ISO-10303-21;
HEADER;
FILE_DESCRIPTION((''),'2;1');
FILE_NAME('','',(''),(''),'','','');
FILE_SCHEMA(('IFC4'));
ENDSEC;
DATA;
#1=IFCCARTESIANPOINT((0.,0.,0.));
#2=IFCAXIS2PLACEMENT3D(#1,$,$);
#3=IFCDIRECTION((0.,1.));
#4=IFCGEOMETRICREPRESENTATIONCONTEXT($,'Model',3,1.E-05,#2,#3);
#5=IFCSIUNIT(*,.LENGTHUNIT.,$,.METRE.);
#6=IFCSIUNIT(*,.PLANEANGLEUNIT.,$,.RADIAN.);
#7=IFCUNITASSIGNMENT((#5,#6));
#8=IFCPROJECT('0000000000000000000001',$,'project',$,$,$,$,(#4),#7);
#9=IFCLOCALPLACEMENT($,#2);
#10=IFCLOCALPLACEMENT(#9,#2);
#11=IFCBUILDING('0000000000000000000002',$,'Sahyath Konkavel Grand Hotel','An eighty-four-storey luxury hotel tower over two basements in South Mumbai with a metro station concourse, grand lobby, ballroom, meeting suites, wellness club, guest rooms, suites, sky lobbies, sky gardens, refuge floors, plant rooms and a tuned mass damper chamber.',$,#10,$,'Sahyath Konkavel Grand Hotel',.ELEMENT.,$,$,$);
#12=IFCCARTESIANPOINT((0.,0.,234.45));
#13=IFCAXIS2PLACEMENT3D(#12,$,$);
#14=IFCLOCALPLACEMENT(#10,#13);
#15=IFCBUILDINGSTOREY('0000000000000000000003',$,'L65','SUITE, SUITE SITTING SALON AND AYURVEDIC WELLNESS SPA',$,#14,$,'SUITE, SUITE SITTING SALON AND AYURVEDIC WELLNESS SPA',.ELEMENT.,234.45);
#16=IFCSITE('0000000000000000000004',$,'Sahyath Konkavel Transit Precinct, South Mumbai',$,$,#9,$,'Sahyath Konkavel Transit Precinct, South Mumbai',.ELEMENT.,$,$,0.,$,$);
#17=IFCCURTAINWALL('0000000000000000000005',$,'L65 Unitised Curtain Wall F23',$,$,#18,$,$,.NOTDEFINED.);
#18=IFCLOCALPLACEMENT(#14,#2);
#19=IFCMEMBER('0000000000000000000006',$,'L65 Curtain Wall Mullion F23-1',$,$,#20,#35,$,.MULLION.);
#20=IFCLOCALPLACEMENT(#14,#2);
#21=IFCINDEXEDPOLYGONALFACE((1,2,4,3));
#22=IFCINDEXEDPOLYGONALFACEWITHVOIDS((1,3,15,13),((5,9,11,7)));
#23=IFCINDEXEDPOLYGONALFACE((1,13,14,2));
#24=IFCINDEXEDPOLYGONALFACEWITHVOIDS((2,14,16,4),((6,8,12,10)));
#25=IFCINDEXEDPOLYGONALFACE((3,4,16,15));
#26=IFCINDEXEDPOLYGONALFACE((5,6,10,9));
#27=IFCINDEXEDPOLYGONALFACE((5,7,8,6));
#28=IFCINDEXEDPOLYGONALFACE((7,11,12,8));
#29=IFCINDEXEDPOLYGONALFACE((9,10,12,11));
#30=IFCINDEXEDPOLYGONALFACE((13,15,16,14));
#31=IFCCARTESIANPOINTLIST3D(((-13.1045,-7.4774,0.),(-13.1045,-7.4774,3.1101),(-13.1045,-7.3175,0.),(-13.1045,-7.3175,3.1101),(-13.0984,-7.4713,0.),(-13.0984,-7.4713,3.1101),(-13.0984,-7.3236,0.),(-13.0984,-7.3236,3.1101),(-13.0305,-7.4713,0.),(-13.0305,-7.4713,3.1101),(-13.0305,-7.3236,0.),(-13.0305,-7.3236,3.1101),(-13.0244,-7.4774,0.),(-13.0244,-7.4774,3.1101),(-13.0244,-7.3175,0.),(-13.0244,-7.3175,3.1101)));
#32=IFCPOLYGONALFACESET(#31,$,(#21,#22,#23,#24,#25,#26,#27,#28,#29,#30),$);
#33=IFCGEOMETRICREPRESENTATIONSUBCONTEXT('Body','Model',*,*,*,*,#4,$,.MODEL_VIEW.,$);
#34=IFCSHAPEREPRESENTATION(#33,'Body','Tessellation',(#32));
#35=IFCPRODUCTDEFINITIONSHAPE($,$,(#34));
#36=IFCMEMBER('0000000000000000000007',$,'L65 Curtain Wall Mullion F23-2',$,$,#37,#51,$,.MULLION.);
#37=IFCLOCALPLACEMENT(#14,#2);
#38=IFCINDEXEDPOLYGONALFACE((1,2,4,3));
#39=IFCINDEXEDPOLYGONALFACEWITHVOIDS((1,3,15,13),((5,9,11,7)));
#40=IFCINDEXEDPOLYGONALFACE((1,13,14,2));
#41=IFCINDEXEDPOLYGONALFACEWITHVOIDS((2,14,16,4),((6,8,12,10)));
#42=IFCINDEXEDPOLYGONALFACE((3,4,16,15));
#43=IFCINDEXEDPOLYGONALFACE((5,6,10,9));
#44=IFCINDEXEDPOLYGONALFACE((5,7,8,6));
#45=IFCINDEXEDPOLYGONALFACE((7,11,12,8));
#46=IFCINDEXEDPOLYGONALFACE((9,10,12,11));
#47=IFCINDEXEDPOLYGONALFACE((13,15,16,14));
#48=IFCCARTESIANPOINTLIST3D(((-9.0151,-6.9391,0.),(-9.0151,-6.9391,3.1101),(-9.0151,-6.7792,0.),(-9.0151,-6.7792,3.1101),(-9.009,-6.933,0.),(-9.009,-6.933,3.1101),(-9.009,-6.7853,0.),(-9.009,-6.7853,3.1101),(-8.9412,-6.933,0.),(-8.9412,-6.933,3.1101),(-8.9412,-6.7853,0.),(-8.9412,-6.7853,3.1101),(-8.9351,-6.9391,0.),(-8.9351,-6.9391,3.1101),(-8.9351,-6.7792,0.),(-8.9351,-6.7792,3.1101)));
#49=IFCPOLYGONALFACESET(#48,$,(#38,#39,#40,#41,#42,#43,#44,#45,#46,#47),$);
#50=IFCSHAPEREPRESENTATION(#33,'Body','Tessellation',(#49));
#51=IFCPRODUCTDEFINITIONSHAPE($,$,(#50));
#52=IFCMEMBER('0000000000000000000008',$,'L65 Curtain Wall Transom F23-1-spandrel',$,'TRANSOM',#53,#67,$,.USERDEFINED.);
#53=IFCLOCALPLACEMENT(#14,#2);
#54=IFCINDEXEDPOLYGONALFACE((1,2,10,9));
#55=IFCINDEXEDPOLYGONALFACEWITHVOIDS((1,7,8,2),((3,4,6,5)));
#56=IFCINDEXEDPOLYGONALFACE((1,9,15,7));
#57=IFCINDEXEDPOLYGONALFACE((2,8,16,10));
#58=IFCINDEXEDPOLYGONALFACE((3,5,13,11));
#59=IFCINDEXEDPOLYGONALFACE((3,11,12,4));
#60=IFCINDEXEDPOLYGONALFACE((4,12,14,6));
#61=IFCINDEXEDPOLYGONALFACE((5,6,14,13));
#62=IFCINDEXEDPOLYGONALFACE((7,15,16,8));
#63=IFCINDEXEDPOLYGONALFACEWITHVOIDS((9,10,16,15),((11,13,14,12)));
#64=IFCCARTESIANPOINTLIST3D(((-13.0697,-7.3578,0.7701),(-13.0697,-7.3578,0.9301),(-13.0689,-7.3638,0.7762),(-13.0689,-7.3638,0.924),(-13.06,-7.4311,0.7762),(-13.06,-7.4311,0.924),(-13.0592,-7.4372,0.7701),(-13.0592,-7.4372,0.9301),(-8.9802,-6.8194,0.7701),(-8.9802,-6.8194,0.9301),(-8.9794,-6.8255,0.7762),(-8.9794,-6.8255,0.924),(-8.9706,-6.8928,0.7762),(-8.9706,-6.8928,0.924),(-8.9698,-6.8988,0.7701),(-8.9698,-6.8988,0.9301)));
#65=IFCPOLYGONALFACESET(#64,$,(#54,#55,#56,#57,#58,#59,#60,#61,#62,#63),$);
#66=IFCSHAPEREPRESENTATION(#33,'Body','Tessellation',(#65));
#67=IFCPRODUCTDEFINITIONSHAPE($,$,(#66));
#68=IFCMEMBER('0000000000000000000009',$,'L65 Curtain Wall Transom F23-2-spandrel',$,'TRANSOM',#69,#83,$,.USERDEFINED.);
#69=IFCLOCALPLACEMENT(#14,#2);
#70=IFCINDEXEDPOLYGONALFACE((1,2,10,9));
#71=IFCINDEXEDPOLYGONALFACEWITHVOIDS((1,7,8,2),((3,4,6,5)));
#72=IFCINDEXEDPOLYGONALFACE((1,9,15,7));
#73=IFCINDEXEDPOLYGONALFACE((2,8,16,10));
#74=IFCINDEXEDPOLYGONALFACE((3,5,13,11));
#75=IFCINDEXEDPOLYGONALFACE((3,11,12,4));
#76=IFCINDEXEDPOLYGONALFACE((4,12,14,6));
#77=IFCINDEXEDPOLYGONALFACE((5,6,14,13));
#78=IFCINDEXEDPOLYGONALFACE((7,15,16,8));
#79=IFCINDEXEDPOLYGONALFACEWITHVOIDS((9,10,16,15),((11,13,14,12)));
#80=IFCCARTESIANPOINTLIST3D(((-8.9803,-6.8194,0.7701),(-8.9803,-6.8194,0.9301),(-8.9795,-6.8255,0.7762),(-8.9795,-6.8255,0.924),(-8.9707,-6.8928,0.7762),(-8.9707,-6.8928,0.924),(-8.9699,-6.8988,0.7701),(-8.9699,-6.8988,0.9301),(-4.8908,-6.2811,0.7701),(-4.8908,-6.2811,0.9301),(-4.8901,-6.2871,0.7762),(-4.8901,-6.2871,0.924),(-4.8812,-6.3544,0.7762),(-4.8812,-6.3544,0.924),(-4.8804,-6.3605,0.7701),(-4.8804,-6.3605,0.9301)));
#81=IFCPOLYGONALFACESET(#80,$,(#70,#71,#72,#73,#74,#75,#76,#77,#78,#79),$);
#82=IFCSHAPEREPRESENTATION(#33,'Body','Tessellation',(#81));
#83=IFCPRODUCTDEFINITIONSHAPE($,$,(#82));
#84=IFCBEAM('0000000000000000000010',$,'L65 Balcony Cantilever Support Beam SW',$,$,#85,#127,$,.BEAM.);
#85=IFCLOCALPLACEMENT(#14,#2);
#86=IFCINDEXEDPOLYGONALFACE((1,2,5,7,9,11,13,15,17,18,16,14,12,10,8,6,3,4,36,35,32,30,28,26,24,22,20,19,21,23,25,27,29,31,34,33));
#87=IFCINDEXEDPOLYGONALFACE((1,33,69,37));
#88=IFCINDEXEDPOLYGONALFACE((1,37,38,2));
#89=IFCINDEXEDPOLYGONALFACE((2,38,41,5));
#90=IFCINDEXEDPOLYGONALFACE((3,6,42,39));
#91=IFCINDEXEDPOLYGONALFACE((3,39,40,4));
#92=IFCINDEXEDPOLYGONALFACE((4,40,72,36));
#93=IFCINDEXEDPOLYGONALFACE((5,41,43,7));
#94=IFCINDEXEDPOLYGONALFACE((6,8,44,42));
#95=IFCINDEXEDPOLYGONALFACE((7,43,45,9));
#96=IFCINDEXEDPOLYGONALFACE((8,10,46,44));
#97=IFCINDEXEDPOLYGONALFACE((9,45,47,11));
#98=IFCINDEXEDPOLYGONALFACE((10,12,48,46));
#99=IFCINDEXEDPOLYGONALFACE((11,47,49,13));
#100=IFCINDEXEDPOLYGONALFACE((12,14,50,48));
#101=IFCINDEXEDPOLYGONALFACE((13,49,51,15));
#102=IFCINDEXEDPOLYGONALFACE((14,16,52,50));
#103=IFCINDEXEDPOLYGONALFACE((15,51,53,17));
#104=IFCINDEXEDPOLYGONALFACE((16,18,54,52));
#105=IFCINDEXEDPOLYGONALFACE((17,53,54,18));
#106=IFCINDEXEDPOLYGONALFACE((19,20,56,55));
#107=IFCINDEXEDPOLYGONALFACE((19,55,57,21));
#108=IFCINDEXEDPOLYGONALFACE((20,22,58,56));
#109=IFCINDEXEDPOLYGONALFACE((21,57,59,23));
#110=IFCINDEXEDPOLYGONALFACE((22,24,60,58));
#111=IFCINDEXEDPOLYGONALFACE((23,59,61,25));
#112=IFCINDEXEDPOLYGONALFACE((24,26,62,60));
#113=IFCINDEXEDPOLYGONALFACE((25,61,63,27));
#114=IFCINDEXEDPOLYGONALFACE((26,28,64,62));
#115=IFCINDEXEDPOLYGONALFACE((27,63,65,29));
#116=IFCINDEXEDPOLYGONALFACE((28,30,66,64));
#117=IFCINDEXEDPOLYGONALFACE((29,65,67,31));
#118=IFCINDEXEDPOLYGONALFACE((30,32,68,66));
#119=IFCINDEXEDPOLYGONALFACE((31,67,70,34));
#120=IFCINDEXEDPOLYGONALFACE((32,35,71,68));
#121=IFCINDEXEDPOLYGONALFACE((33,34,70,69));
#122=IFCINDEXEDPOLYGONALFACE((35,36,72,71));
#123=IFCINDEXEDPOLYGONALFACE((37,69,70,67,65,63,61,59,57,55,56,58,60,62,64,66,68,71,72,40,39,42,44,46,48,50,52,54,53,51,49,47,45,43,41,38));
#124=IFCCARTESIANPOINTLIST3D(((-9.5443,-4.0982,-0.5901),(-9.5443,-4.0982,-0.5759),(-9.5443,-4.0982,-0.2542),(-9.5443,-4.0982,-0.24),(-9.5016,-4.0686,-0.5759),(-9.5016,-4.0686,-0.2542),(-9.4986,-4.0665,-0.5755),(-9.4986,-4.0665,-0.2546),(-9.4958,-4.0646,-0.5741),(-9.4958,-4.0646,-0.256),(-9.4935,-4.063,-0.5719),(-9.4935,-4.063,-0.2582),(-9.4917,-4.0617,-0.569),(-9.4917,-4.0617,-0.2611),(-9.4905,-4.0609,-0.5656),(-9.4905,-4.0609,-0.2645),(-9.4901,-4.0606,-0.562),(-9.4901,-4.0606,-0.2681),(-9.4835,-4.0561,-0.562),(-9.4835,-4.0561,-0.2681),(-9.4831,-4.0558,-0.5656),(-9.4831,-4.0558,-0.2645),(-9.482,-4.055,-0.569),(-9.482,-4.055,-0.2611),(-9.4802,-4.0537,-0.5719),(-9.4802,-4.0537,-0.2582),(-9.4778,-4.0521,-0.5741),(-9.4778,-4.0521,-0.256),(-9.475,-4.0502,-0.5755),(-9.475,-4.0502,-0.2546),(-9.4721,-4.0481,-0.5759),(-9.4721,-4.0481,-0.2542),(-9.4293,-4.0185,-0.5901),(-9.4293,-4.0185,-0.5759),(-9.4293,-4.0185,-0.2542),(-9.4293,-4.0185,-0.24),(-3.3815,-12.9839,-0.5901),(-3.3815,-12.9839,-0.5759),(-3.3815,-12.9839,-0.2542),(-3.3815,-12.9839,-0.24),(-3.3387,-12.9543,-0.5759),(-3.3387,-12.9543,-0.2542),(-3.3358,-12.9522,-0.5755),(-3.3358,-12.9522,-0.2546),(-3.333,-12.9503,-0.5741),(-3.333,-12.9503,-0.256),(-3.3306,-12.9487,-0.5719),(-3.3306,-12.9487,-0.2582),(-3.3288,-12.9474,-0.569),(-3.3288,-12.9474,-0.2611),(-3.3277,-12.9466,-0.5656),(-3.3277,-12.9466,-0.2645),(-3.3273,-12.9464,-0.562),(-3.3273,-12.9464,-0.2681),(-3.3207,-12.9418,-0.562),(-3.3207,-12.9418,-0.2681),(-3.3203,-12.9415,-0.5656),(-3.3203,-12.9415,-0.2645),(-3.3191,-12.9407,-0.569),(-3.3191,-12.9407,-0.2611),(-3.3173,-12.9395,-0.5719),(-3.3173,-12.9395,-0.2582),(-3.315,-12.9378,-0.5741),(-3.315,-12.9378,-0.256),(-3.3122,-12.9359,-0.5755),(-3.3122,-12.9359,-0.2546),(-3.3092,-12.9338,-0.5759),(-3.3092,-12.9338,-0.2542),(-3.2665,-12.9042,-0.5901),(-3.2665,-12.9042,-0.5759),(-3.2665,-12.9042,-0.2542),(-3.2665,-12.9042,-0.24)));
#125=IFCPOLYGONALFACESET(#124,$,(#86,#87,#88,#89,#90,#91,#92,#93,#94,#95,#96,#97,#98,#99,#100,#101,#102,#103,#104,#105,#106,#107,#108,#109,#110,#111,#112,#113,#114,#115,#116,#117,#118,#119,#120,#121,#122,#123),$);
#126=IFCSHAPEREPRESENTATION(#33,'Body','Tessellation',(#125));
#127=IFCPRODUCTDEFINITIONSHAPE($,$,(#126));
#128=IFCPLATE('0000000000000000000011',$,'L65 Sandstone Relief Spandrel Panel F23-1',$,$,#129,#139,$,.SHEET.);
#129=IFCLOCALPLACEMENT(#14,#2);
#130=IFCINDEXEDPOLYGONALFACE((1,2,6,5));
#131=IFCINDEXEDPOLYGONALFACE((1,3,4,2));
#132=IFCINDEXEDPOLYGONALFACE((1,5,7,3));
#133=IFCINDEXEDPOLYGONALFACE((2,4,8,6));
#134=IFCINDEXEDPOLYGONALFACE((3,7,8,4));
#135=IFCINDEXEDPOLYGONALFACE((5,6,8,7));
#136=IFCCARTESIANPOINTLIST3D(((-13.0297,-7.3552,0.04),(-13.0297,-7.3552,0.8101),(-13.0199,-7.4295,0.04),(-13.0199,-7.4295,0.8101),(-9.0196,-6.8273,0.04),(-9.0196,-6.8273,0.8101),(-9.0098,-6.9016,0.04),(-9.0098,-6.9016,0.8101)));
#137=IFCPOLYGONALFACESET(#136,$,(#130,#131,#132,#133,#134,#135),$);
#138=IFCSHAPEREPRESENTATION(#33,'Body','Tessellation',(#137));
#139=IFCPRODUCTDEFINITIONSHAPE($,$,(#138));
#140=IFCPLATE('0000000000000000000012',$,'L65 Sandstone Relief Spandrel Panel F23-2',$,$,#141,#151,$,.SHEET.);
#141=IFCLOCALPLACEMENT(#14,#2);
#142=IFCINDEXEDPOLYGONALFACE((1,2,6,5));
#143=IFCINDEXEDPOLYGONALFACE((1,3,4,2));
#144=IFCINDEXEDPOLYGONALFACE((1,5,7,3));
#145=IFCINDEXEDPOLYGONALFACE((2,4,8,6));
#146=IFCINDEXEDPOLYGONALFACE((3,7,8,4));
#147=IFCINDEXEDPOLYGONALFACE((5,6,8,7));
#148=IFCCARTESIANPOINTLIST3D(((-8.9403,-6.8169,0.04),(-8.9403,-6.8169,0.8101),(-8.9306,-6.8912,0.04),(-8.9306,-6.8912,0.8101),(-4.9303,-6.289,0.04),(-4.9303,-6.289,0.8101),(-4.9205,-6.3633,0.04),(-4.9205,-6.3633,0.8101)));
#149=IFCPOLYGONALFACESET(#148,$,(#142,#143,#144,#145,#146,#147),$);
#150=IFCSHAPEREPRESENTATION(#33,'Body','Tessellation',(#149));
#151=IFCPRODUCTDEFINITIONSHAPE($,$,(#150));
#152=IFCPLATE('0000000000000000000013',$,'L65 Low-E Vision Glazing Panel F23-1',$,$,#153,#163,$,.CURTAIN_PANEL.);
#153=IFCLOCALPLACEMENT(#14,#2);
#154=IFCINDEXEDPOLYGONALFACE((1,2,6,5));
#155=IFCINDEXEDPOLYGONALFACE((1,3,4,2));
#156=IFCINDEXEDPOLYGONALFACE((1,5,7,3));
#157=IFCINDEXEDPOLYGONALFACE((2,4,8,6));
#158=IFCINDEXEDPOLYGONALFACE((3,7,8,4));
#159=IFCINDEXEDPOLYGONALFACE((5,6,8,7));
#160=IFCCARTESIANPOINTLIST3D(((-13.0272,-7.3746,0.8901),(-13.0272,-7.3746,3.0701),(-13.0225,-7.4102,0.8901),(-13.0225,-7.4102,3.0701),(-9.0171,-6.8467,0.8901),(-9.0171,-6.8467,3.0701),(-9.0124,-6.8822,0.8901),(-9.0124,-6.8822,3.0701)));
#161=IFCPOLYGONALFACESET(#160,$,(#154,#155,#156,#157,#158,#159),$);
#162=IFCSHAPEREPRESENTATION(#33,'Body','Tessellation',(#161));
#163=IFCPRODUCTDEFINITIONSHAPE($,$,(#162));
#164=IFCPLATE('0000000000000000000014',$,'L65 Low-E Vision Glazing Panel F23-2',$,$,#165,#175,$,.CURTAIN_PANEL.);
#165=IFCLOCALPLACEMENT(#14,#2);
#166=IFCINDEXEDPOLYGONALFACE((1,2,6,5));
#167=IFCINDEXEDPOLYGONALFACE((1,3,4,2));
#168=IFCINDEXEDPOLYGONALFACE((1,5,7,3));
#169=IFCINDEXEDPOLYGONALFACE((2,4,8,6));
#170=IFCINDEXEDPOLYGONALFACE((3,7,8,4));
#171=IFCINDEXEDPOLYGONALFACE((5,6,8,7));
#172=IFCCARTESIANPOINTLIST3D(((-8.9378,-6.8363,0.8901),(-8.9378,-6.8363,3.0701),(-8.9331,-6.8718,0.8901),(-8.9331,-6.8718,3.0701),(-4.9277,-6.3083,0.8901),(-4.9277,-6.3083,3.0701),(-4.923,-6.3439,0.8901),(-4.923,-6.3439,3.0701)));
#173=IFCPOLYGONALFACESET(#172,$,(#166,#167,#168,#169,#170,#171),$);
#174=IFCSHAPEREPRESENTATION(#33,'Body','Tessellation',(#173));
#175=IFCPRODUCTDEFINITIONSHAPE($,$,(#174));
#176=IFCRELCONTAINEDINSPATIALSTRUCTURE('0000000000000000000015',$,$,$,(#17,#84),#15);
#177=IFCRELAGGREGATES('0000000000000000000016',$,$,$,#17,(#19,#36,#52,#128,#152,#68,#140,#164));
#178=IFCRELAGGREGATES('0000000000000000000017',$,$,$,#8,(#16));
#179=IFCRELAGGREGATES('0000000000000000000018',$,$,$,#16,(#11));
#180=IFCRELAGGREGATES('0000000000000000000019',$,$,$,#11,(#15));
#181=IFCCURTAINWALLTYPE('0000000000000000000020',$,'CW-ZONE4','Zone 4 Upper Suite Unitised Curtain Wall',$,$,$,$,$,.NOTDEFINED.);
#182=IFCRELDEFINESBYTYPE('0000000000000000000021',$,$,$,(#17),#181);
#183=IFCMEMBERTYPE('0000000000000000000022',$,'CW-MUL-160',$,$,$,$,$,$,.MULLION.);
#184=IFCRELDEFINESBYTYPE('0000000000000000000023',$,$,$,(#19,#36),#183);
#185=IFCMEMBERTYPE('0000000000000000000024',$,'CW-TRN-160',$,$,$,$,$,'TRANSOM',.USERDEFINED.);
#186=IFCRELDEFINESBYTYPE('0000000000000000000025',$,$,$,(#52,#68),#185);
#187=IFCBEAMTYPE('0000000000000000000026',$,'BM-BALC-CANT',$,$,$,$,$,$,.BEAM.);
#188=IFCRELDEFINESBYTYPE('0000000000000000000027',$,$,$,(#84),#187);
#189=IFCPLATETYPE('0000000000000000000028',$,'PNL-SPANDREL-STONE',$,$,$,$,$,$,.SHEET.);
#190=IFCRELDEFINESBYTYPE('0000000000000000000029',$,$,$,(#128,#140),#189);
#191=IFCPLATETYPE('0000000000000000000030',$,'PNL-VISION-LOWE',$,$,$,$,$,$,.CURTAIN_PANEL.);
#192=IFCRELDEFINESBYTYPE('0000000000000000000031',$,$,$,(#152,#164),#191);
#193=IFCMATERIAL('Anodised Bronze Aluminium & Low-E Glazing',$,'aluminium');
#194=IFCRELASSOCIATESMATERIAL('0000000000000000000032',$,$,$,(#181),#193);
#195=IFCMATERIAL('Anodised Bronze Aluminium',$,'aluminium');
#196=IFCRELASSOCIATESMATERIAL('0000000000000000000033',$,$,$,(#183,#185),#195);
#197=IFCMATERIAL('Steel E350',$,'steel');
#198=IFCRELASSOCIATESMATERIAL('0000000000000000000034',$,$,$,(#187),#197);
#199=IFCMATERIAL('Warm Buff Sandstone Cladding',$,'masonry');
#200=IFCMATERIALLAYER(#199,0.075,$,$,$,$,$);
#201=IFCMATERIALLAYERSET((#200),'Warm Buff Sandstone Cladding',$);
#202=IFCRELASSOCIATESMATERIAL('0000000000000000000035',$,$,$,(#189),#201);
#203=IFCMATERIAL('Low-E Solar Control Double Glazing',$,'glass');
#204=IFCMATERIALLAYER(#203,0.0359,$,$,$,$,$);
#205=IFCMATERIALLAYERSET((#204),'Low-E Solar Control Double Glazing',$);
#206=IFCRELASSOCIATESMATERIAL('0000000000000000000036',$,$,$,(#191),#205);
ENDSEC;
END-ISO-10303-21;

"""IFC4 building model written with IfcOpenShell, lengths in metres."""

from ifc_helpers import new_model, si_unit, direction, frame, origin, origin_2d, place, context, subcontext, project, spatial, rectangle, hollow_rectangle, i_section, extrude, source, transform, mapped, material, layer, layer_set, material_profile, profile_set, type_object, element, aggregate, save


model = new_model("IFC4")

# Units and contexts
model_context = context("Model", 3, precision=1e-05, world=origin(), true_north=direction((0.0, 1.0)))
body_context = subcontext(model_context, "Body", "Model", "MODEL_VIEW")
ifc_project = project(units=[si_unit("LENGTHUNIT", "METRE"), si_unit("PLANEANGLEUNIT", "RADIAN")], contexts=[model_context])

# Site, building, storey
site_placement = place(None, origin())
site = spatial("IfcSite", under=ifc_project, at=site_placement, Name="Sahyath Konkavel Transit Precinct, South Mumbai", LongName="Sahyath Konkavel Transit Precinct, South Mumbai", CompositionType="ELEMENT", RefElevation=0.0)
building_placement = place(site_placement, origin())
building = spatial("IfcBuilding", under=site, at=building_placement, Name="Sahyath Konkavel Grand Hotel", Description="An eighty-four-storey luxury hotel tower over two basements in South Mumbai with a metro station concourse, grand lobby, ballroom, meeting suites, wellness club, guest rooms, suites, sky lobbies, sky gardens, refuge floors, plant rooms and a tuned mass damper chamber.", LongName="Sahyath Konkavel Grand Hotel", CompositionType="ELEMENT")
storey_placement = place(building_placement, frame((0.0, 0.0, 234.45)))
storey = spatial("IfcBuildingStorey", under=building, at=storey_placement, Name="L65", Description="SUITE, SUITE SITTING SALON AND AYURVEDIC WELLNESS SPA", LongName="SUITE, SUITE SITTING SALON AND AYURVEDIC WELLNESS SPA", CompositionType="ELEMENT", Elevation=234.45)

# Shared definitions
ifc_material_1 = material(Name="Steel E350", Category="steel")

# Curtain wall, members
ifc_material_2 = material(Name="Anodised Bronze Aluminium & Low-E Glazing", Category="aluminium")
curtain_wall_type = type_object("IfcCurtainWallType", Name="CW-ZONE4", Description="Zone 4 Upper Suite Unitised Curtain Wall", PredefinedType="NOTDEFINED", material=ifc_material_2)
curtain_wall_placement = place(storey_placement, origin())
curtain_wall = element("IfcCurtainWall", 1, at=curtain_wall_placement, inside=storey, type_object=curtain_wall_type, Name="L65 Unitised Curtain Wall F23", PredefinedType="NOTDEFINED")
ifc_material_3 = material(Name="Anodised Bronze Aluminium", Category="aluminium")
ifc_material_profile_1 = material_profile(ifc_material_3, hollow_rectangle(XDim=0.0801, YDim=0.1599, WallThickness=0.0061, at=origin_2d()), Name="RHS 160x80x6")
ifc_profile_set_1 = profile_set([ifc_material_profile_1], Name="Anodised Bronze Aluminium")
member_type_1 = type_object("IfcMemberType", Name="CW-MUL-160", PredefinedType="MULLION", material=ifc_profile_set_1)
shared_shape_1 = source(origin(), body_context, "Body", "SweptSolid", [
    extrude(hollow_rectangle(XDim=0.0801, YDim=0.1599, WallThickness=0.0061, at=origin_2d()), origin(), (0.0, 0.0, 1.0), 3.1101),
])
member_1_placement = place(storey_placement, frame((-13.0645, -7.3975, 0.0), z_axis=(0.0, 0.0, 1.0), x_axis=(1.0, 0.0, 0.0)))
member_1 = element("IfcMember", 2, at=member_1_placement, type_object=member_type_1, Name="L65 Curtain Wall Mullion F23-1", PredefinedType="MULLION", context=body_context, shape_type="MappedRepresentation", body=[
    mapped(shared_shape_1, transform((0.0, 0.0, 0.0), scale=1.0)),
])
member_2_placement = place(storey_placement, frame((-8.9751, -6.8591, 0.0), z_axis=(0.0, 0.0, 1.0), x_axis=(1.0, 0.0, 0.0)))
member_2 = element("IfcMember", 3, at=member_2_placement, type_object=member_type_1, Name="L65 Curtain Wall Mullion F23-2", PredefinedType="MULLION", context=body_context, shape_type="MappedRepresentation", body=[
    mapped(shared_shape_1, transform((0.0, 0.0, 0.0), scale=1.0)),
])
ifc_material_profile_2 = material_profile(ifc_material_3, hollow_rectangle(XDim=0.0801, YDim=0.1599, WallThickness=0.0061, at=origin_2d()), Name="RHS 160x80x6")
ifc_profile_set_2 = profile_set([ifc_material_profile_2], Name="Anodised Bronze Aluminium")
member_type_2 = type_object("IfcMemberType", Name="CW-TRN-160", ElementType="TRANSOM", PredefinedType="USERDEFINED", material=ifc_profile_set_2)
shared_shape_2 = source(origin(), body_context, "Body", "SweptSolid", [
    extrude(hollow_rectangle(XDim=0.0801, YDim=0.1599, WallThickness=0.0061, at=origin_2d()), origin(), (0.0, 0.0, 1.0), 4.1248),
])
member_3_placement = place(storey_placement, frame((-13.0645, -7.3975, 0.8501), z_axis=(0.991446, 0.130516, 0.0), x_axis=(-0.130516, 0.991446, 0.0)))
member_3 = element("IfcMember", 4, at=member_3_placement, type_object=member_type_2, Name="L65 Curtain Wall Transom F23-1-spandrel", ObjectType="TRANSOM", PredefinedType="USERDEFINED", context=body_context, shape_type="MappedRepresentation", body=[
    mapped(shared_shape_2, transform((0.0, 0.0, 0.0), scale=1.0)),
])
member_4_placement = place(storey_placement, frame((-8.9751, -6.8591, 0.8501), z_axis=(0.991446, 0.130516, 0.0), x_axis=(-0.130516, 0.991446, 0.0)))
member_4 = element("IfcMember", 5, at=member_4_placement, type_object=member_type_2, Name="L65 Curtain Wall Transom F23-2-spandrel", ObjectType="TRANSOM", PredefinedType="USERDEFINED", context=body_context, shape_type="MappedRepresentation", body=[
    mapped(shared_shape_2, transform((0.0, 0.0, 0.0), scale=1.0)),
])

# Beam
ifc_material_profile_3 = material_profile(ifc_material_1, i_section(OverallWidth=0.1399, OverallDepth=0.3501, WebThickness=0.0081, FlangeThickness=0.0142, FilletRadius=0.0139, at=origin_2d()), Name="ISMB 350")
ifc_profile_set_3 = profile_set([ifc_material_profile_3], Name="Steel E350")
beam_type_1 = type_object("IfcBeamType", Name="BM-BALC-CANT", PredefinedType="BEAM", material=ifc_profile_set_3)
shared_shape_3 = source(origin(), body_context, "Body", "SweptSolid", [
    extrude(i_section(OverallWidth=0.1399, OverallDepth=0.3501, WebThickness=0.0081, FlangeThickness=0.0142, FilletRadius=0.0139, at=origin_2d()), origin(), (0.0, 0.0, 1.0), 10.8137),
])
beam_1_placement = place(storey_placement, frame((-9.4868, -4.0583, -0.415), z_axis=(0.569908, -0.821708, 0.0), x_axis=(0.821708, 0.569908, 0.0)))
element("IfcBeam", 6, at=beam_1_placement, inside=storey, type_object=beam_type_1, Name="L65 Balcony Cantilever Support Beam SW", PredefinedType="BEAM", context=body_context, shape_type="MappedRepresentation", body=[
    mapped(shared_shape_3, transform((0.0, 0.0, 0.0), scale=1.0)),
])

# Plates
ifc_material_4 = material(Name="Warm Buff Sandstone Cladding", Category="masonry")
ifc_layer_1 = layer(ifc_material_4, 0.075)
ifc_layer_set_1 = layer_set([ifc_layer_1], Name="Warm Buff Sandstone Cladding")
plate_type_1 = type_object("IfcPlateType", Name="PNL-SPANDREL-STONE", PredefinedType="SHEET", material=ifc_layer_set_1)
shared_shape_4 = source(origin(), body_context, "Body", "SweptSolid", [
    extrude(rectangle(XDim=4.0447, YDim=0.075, at=origin_2d()), origin(), (0.0, 0.0, 1.0), 0.77),
])
plate_1_placement = place(storey_placement, frame((-11.0198, -7.1284, 0.04), z_axis=(0.0, 0.0, 1.0), x_axis=(0.991445, 0.130526, 0.0)))
plate_1 = element("IfcPlate", 7, at=plate_1_placement, type_object=plate_type_1, Name="L65 Sandstone Relief Spandrel Panel F23-1", PredefinedType="SHEET", context=body_context, shape_type="MappedRepresentation", body=[
    mapped(shared_shape_4, transform((0.0, 0.0, 0.0), scale=1.0)),
])
plate_2_placement = place(storey_placement, frame((-6.9304, -6.5901, 0.04), z_axis=(0.0, 0.0, 1.0), x_axis=(0.991445, 0.130526, 0.0)))
plate_2 = element("IfcPlate", 8, at=plate_2_placement, type_object=plate_type_1, Name="L65 Sandstone Relief Spandrel Panel F23-2", PredefinedType="SHEET", context=body_context, shape_type="MappedRepresentation", body=[
    mapped(shared_shape_4, transform((0.0, 0.0, 0.0), scale=1.0)),
])
ifc_material_5 = material(Name="Low-E Solar Control Double Glazing", Category="glass")
ifc_layer_2 = layer(ifc_material_5, 0.0359)
ifc_layer_set_2 = layer_set([ifc_layer_2], Name="Low-E Solar Control Double Glazing")
plate_type_2 = type_object("IfcPlateType", Name="PNL-VISION-LOWE", PredefinedType="CURTAIN_PANEL", material=ifc_layer_set_2)
shared_shape_5 = source(origin(), body_context, "Body", "SweptSolid", [
    extrude(rectangle(XDim=4.0447, YDim=0.0359, at=origin_2d()), origin(), (0.0, 0.0, 1.0), 2.1799),
])
plate_3_placement = place(storey_placement, frame((-11.0198, -7.1284, 0.8901), z_axis=(0.0, 0.0, 1.0), x_axis=(0.991445, 0.130526, 0.0)))
plate_3 = element("IfcPlate", 9, at=plate_3_placement, type_object=plate_type_2, Name="L65 Low-E Vision Glazing Panel F23-1", PredefinedType="CURTAIN_PANEL", context=body_context, shape_type="MappedRepresentation", body=[
    mapped(shared_shape_5, transform((0.0, 0.0, 0.0), scale=1.0)),
])
plate_4_placement = place(storey_placement, frame((-6.9304, -6.5901, 0.8901), z_axis=(0.0, 0.0, 1.0), x_axis=(0.991445, 0.130526, 0.0)))
plate_4 = element("IfcPlate", 10, at=plate_4_placement, type_object=plate_type_2, Name="L65 Low-E Vision Glazing Panel F23-2", PredefinedType="CURTAIN_PANEL", context=body_context, shape_type="MappedRepresentation", body=[
    mapped(shared_shape_5, transform((0.0, 0.0, 0.0), scale=1.0)),
])
aggregate(curtain_wall, [member_1, member_2, member_3, plate_1, plate_3, member_4, plate_2, plate_4])

save(model, "model.ifc")
